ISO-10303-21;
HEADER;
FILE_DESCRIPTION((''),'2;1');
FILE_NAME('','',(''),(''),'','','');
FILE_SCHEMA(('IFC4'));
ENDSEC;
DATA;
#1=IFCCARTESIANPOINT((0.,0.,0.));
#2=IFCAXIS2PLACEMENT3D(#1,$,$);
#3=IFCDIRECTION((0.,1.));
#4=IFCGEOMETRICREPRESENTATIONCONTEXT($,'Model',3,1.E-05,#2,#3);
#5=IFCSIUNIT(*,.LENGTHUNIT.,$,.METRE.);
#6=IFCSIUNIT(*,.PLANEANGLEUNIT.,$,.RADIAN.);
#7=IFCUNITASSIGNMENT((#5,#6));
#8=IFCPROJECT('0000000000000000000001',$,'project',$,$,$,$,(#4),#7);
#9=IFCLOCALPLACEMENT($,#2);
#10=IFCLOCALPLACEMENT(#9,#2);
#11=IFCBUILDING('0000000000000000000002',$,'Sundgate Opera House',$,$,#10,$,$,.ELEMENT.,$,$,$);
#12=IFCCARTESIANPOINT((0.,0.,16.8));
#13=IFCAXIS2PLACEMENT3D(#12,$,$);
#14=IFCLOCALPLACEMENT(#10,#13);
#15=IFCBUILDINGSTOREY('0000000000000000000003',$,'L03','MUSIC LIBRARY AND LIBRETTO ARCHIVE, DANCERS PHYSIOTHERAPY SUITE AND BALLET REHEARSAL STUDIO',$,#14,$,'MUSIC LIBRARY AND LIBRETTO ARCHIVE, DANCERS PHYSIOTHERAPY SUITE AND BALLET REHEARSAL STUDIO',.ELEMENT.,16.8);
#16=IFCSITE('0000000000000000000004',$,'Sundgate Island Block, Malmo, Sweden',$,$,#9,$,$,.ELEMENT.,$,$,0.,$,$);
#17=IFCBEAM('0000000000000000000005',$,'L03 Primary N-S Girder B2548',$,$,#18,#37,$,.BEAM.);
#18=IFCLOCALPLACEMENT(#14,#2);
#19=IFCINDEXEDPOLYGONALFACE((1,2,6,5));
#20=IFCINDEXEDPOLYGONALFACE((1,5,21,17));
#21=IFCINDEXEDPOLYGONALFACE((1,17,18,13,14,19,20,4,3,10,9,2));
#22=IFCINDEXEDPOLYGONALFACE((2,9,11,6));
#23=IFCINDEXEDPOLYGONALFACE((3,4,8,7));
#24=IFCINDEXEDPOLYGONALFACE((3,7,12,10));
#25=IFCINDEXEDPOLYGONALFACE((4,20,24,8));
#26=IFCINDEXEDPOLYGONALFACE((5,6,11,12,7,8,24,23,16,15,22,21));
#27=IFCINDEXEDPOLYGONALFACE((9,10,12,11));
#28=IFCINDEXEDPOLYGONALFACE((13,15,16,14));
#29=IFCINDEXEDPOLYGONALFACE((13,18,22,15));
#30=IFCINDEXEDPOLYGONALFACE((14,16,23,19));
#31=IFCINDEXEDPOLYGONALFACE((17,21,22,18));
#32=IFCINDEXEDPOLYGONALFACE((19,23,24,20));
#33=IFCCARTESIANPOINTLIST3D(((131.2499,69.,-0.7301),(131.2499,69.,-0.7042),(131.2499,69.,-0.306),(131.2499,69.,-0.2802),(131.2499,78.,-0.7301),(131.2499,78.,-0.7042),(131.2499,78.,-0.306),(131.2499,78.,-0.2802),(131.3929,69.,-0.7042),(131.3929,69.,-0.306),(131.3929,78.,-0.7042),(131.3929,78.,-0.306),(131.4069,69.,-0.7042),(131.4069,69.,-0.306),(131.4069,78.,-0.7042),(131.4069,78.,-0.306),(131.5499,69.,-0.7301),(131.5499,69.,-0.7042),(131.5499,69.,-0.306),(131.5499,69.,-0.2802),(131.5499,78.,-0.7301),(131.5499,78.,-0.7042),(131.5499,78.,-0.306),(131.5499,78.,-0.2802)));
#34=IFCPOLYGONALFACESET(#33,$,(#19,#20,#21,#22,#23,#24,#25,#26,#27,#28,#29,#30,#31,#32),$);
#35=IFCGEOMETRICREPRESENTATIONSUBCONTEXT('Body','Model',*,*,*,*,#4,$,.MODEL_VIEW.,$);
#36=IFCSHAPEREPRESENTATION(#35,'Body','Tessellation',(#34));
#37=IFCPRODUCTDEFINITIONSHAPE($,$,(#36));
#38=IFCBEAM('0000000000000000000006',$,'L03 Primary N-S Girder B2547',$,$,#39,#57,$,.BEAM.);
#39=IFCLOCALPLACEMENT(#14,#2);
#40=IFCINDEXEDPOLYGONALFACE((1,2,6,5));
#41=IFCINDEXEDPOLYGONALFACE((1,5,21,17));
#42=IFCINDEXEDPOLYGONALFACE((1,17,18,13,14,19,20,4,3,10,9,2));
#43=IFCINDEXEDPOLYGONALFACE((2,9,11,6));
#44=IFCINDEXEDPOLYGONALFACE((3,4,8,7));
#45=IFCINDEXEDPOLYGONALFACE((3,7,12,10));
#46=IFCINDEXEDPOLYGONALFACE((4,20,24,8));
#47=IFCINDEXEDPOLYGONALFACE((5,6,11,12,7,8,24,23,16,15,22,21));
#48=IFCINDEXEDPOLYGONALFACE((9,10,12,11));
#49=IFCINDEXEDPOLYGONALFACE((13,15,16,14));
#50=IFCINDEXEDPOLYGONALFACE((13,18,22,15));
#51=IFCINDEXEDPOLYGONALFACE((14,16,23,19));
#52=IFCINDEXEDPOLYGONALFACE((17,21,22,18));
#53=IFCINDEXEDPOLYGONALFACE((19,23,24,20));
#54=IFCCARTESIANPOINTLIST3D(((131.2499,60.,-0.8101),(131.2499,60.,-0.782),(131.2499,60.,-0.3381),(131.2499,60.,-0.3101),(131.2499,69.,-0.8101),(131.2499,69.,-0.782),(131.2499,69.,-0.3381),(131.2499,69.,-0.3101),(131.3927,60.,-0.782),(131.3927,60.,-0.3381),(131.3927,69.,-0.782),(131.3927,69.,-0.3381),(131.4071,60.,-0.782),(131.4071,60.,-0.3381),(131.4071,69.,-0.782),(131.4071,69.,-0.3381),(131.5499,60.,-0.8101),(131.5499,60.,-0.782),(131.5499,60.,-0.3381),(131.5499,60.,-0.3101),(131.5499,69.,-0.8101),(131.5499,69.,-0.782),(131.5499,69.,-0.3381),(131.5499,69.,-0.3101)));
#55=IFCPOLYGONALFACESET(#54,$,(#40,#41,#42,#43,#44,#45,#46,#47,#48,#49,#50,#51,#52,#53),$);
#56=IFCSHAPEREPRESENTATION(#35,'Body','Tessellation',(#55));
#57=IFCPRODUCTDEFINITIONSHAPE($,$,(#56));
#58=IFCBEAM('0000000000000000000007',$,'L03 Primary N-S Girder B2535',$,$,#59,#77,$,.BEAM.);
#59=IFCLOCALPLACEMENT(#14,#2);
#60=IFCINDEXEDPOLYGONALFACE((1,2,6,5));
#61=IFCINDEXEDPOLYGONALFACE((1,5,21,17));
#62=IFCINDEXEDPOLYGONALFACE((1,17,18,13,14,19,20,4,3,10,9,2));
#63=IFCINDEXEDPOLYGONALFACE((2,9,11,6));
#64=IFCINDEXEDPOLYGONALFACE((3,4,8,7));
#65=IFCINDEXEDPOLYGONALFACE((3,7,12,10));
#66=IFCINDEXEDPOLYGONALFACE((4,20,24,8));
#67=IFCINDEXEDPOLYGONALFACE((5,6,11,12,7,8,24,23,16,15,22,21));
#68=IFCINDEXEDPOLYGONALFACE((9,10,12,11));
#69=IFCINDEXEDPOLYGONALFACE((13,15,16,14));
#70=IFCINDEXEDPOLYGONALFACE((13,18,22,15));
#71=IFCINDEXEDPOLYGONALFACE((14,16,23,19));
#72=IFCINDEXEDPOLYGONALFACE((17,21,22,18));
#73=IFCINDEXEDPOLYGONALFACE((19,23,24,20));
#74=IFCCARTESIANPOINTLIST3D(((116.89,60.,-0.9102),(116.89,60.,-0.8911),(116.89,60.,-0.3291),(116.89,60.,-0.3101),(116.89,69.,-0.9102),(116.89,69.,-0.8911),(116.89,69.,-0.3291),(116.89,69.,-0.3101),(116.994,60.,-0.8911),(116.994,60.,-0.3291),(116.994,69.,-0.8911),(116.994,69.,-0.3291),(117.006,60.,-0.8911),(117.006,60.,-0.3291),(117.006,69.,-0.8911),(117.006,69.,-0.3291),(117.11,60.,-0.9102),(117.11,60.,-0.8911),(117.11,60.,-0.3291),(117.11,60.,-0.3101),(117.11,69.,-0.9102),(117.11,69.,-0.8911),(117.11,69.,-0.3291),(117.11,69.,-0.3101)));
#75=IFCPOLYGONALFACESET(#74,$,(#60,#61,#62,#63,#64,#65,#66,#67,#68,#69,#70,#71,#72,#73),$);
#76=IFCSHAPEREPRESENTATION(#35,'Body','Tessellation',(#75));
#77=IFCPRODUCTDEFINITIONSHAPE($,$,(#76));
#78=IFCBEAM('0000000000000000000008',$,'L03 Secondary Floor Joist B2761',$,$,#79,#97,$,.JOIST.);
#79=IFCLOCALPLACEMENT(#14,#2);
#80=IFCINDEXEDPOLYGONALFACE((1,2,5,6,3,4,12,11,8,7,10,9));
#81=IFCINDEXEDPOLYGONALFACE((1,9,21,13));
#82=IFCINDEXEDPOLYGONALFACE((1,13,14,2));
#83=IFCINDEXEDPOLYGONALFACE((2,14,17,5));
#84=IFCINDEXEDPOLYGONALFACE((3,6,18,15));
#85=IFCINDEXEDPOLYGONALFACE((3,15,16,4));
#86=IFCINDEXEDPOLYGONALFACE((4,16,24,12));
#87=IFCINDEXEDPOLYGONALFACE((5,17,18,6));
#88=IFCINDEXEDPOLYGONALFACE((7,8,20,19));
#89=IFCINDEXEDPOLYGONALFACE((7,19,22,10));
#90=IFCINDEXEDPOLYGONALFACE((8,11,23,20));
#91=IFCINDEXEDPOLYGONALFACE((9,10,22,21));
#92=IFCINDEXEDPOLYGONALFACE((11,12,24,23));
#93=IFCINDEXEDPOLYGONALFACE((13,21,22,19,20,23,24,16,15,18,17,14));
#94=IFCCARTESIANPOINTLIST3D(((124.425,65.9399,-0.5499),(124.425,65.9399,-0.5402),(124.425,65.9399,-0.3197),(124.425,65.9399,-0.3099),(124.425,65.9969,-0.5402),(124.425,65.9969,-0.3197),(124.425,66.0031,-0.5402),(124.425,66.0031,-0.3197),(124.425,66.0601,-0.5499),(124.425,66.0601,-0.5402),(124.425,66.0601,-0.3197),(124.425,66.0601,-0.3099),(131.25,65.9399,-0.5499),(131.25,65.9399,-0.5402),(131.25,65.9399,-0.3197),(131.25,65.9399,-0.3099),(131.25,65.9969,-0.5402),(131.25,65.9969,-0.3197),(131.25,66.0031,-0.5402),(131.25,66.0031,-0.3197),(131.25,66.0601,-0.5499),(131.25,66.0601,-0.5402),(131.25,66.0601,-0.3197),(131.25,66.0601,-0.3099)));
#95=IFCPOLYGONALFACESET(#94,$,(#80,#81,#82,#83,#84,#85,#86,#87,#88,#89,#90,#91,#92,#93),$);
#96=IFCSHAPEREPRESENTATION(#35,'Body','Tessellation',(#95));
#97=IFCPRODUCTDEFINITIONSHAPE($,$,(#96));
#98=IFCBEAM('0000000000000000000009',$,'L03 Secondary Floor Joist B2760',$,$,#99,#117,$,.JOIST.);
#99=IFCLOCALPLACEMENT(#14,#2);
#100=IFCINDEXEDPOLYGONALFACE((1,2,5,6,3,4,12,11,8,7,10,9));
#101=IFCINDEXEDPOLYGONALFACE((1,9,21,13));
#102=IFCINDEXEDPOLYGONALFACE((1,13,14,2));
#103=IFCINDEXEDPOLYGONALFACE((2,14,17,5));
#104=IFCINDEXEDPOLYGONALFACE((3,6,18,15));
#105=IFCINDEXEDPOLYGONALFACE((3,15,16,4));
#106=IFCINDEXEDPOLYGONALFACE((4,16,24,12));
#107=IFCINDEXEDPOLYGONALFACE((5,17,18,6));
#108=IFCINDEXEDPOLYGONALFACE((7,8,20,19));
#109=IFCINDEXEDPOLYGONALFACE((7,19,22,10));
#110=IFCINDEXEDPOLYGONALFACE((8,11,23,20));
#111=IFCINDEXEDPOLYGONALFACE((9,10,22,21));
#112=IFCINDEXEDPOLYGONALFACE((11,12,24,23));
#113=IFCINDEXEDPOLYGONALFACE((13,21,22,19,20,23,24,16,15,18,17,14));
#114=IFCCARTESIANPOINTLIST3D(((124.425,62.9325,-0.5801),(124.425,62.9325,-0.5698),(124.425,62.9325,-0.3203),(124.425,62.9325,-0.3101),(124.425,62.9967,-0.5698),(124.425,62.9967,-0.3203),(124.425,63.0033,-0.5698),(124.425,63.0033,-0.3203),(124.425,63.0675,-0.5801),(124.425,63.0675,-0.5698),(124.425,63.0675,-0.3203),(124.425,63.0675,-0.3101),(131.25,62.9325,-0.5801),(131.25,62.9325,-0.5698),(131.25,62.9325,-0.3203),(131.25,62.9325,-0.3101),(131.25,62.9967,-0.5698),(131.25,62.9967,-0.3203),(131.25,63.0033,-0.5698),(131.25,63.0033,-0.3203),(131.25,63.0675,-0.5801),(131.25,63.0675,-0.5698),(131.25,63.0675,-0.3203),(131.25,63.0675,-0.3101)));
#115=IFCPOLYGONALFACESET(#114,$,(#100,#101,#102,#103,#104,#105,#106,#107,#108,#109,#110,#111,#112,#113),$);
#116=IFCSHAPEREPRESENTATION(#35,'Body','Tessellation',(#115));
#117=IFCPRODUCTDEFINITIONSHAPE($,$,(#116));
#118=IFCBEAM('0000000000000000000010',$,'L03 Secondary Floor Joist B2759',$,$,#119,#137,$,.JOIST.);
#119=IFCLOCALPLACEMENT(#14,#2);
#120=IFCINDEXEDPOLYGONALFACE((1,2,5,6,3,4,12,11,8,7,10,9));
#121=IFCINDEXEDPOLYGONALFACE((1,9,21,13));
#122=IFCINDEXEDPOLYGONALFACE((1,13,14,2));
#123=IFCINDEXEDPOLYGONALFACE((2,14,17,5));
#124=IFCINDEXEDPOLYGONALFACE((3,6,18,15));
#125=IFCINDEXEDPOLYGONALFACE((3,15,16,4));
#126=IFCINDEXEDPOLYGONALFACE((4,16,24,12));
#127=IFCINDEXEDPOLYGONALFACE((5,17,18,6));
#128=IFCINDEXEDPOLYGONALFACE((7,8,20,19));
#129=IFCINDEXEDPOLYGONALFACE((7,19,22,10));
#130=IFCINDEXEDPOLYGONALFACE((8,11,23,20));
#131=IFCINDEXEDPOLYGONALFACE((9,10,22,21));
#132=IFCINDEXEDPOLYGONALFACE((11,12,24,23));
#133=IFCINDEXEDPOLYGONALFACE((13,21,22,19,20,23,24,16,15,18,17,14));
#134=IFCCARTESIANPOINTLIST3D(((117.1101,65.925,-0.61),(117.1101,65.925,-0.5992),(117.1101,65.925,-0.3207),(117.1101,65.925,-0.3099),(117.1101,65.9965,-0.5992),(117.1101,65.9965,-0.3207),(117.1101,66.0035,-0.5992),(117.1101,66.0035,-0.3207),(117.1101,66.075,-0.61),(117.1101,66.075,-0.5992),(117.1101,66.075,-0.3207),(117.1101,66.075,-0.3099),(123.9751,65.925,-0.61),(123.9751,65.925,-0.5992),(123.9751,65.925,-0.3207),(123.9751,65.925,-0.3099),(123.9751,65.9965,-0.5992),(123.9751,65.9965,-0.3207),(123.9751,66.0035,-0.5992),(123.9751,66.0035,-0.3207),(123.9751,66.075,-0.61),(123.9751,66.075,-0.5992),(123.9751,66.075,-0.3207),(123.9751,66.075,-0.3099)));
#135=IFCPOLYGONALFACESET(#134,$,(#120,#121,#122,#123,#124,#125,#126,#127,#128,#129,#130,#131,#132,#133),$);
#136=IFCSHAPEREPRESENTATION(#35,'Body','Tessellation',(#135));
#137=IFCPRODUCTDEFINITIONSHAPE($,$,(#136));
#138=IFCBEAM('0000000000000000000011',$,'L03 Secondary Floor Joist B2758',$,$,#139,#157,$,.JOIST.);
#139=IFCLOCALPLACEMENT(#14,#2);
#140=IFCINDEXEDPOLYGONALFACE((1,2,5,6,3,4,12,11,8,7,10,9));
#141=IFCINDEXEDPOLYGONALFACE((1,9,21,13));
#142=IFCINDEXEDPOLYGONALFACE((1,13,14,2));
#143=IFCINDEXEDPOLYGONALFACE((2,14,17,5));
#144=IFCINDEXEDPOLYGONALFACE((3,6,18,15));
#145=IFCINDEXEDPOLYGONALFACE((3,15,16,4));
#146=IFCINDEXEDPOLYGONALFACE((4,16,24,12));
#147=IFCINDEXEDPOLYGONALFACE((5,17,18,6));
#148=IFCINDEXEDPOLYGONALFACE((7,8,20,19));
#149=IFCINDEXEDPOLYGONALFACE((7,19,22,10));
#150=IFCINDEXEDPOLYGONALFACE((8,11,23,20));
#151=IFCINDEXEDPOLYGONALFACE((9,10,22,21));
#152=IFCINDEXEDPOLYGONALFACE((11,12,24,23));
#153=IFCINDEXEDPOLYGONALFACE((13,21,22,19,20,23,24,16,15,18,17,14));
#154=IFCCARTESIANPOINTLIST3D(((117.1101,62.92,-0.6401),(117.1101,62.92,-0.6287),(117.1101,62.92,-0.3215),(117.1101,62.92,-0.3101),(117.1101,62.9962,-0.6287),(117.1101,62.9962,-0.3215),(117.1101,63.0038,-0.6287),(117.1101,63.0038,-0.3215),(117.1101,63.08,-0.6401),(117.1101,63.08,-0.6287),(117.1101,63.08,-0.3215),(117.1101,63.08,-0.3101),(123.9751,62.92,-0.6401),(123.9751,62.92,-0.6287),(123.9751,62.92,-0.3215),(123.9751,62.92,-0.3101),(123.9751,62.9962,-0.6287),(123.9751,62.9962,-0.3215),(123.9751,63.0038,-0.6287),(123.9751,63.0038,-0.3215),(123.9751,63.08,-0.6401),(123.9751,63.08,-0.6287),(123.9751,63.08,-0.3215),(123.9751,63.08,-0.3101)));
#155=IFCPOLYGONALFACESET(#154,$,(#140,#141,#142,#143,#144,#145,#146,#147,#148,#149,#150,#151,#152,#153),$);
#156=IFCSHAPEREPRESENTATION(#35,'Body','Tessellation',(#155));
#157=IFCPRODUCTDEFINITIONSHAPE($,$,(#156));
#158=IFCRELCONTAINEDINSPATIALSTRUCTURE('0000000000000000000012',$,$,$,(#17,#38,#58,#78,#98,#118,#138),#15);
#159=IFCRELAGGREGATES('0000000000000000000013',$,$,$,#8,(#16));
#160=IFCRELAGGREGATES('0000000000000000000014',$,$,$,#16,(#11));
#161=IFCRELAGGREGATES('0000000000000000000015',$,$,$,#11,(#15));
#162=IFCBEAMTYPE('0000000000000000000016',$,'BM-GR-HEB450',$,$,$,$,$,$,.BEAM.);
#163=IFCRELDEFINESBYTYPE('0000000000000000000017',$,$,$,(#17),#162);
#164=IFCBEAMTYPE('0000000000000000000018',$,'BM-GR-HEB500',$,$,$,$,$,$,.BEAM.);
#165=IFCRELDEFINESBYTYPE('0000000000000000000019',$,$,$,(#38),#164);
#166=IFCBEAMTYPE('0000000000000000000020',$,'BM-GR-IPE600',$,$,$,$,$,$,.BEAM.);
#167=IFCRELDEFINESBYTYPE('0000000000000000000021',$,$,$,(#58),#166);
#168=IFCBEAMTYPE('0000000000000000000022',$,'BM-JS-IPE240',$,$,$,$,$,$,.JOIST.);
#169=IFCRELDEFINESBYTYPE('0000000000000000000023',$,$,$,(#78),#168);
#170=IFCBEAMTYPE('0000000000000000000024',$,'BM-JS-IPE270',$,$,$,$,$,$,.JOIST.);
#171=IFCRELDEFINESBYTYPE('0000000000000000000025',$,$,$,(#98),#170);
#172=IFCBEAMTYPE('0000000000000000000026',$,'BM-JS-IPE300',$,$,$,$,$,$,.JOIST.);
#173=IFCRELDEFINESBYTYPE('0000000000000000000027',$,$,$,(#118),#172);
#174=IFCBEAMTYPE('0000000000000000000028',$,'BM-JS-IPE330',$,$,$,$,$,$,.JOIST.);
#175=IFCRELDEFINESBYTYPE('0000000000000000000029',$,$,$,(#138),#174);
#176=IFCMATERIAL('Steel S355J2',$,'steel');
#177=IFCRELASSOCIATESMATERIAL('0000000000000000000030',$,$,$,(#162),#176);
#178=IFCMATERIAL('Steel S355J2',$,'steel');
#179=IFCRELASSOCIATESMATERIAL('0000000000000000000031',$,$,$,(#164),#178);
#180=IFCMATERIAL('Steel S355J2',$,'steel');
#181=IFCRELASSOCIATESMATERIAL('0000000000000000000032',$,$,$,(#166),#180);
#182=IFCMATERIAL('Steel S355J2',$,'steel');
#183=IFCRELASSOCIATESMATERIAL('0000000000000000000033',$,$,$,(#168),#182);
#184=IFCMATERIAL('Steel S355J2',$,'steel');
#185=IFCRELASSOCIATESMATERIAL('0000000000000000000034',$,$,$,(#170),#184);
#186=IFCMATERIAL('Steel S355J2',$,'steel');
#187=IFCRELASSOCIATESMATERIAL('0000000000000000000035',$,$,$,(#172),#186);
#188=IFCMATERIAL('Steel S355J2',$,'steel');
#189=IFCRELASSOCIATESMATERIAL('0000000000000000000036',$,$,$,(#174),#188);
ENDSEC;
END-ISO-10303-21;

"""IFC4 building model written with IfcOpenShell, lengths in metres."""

from ifc_helpers import new_model, si_unit, direction, frame, origin, origin_2d, place, context, subcontext, project, spatial, i_section, extrude, material, material_profile, profile_set, type_object, element, save


model = new_model("IFC4")

# Units and contexts
model_context = context("Model", 3, precision=1e-05, world=origin(), true_north=direction((0.0, 1.0)))
body_context = subcontext(model_context, "Body", "Model", "MODEL_VIEW")
ifc_project = project(units=[si_unit("LENGTHUNIT", "METRE"), si_unit("PLANEANGLEUNIT", "RADIAN")], contexts=[model_context])

# Site, building, storey
site_placement = place(None, origin())
site = spatial("IfcSite", under=ifc_project, at=site_placement, Name="Sundgate Island Block, Malmo, Sweden", CompositionType="ELEMENT", RefElevation=0.0)
building_placement = place(site_placement, origin())
building = spatial("IfcBuilding", under=site, at=building_placement, Name="Sundgate Opera House", CompositionType="ELEMENT")
storey_placement = place(building_placement, frame((0.0, 0.0, 16.8)))
storey = spatial("IfcBuildingStorey", under=building, at=storey_placement, Name="L03", Description="MUSIC LIBRARY AND LIBRETTO ARCHIVE, DANCERS PHYSIOTHERAPY SUITE AND BALLET REHEARSAL STUDIO", LongName="MUSIC LIBRARY AND LIBRETTO ARCHIVE, DANCERS PHYSIOTHERAPY SUITE AND BALLET REHEARSAL STUDIO", CompositionType="ELEMENT", Elevation=16.8)

# Beams
ifc_material_1 = material(Name="Steel S355J2", Category="steel")
ifc_material_profile_1 = material_profile(ifc_material_1, i_section(OverallWidth=0.3, OverallDepth=0.45, WebThickness=0.0139, FlangeThickness=0.0259, at=origin_2d()), Name="HEB 450")
ifc_profile_set_1 = profile_set([ifc_material_profile_1], Name="Steel S355J2")
beam_type_1 = type_object("IfcBeamType", Name="BM-GR-HEB450", PredefinedType="BEAM", material=ifc_profile_set_1)
beam_1_placement = place(storey_placement, frame((131.3999, 69.0, -0.5051), z_axis=(0.0, 1.0, 0.0), x_axis=(-1.0, 0.0, 0.0)))
element("IfcBeam", 1, at=beam_1_placement, inside=storey, type_object=beam_type_1, Name="L03 Primary N-S Girder B2548", PredefinedType="BEAM", context=body_context, shape_type="SweptSolid", body=[
    extrude(i_section(OverallWidth=0.3, OverallDepth=0.45, WebThickness=0.0139, FlangeThickness=0.0259, at=origin_2d()), origin(), (0.0, 0.0, 1.0), 9.0),
])
ifc_material_2 = material(Name="Steel S355J2", Category="steel")
ifc_material_profile_2 = material_profile(ifc_material_2, i_section(OverallWidth=0.3, OverallDepth=0.5, WebThickness=0.0144, FlangeThickness=0.0281, at=origin_2d()), Name="HEB 500")
ifc_profile_set_2 = profile_set([ifc_material_profile_2], Name="Steel S355J2")
beam_type_2 = type_object("IfcBeamType", Name="BM-GR-HEB500", PredefinedType="BEAM", material=ifc_profile_set_2)
beam_2_placement = place(storey_placement, frame((131.3999, 60.0, -0.5601), z_axis=(0.0, 1.0, 0.0), x_axis=(-1.0, 0.0, 0.0)))
element("IfcBeam", 2, at=beam_2_placement, inside=storey, type_object=beam_type_2, Name="L03 Primary N-S Girder B2547", PredefinedType="BEAM", context=body_context, shape_type="SweptSolid", body=[
    extrude(i_section(OverallWidth=0.3, OverallDepth=0.5, WebThickness=0.0144, FlangeThickness=0.0281, at=origin_2d()), origin(), (0.0, 0.0, 1.0), 9.0),
])
ifc_material_3 = material(Name="Steel S355J2", Category="steel")
ifc_material_profile_3 = material_profile(ifc_material_3, i_section(OverallWidth=0.22, OverallDepth=0.6001, WebThickness=0.012, FlangeThickness=0.019, at=origin_2d()), Name="IPE 600")
ifc_profile_set_3 = profile_set([ifc_material_profile_3], Name="Steel S355J2")
beam_type_3 = type_object("IfcBeamType", Name="BM-GR-IPE600", PredefinedType="BEAM", material=ifc_profile_set_3)
beam_3_placement = place(storey_placement, frame((117.0, 60.0, -0.6101), z_axis=(0.0, 1.0, 0.0), x_axis=(-1.0, 0.0, 0.0)))
element("IfcBeam", 3, at=beam_3_placement, inside=storey, type_object=beam_type_3, Name="L03 Primary N-S Girder B2535", PredefinedType="BEAM", context=body_context, shape_type="SweptSolid", body=[
    extrude(i_section(OverallWidth=0.22, OverallDepth=0.6001, WebThickness=0.012, FlangeThickness=0.019, at=origin_2d()), origin(), (0.0, 0.0, 1.0), 9.0),
])
ifc_material_4 = material(Name="Steel S355J2", Category="steel")
ifc_material_profile_4 = material_profile(ifc_material_4, i_section(OverallWidth=0.1201, OverallDepth=0.24, WebThickness=0.0061, FlangeThickness=0.0098, at=origin_2d()), Name="IPE 240")
ifc_profile_set_4 = profile_set([ifc_material_profile_4], Name="Steel S355J2")
beam_type_4 = type_object("IfcBeamType", Name="BM-JS-IPE240", PredefinedType="JOIST", material=ifc_profile_set_4)
beam_4_placement = place(storey_placement, frame((124.425, 66.0, -0.4299), z_axis=(1.0, 0.0, 0.0), x_axis=(0.0, 1.0, 0.0)))
element("IfcBeam", 4, at=beam_4_placement, inside=storey, type_object=beam_type_4, Name="L03 Secondary Floor Joist B2761", PredefinedType="JOIST", context=body_context, shape_type="SweptSolid", body=[
    extrude(i_section(OverallWidth=0.1201, OverallDepth=0.24, WebThickness=0.0061, FlangeThickness=0.0098, at=origin_2d()), origin(), (0.0, 0.0, 1.0), 6.825),
])
ifc_material_5 = material(Name="Steel S355J2", Category="steel")
ifc_material_profile_5 = material_profile(ifc_material_5, i_section(OverallWidth=0.135, OverallDepth=0.27, WebThickness=0.0066, FlangeThickness=0.0103, at=origin_2d()), Name="IPE 270")
ifc_profile_set_5 = profile_set([ifc_material_profile_5], Name="Steel S355J2")
beam_type_5 = type_object("IfcBeamType", Name="BM-JS-IPE270", PredefinedType="JOIST", material=ifc_profile_set_5)
beam_5_placement = place(storey_placement, frame((124.425, 63.0, -0.4451), z_axis=(1.0, 0.0, 0.0), x_axis=(0.0, 1.0, 0.0)))
element("IfcBeam", 5, at=beam_5_placement, inside=storey, type_object=beam_type_5, Name="L03 Secondary Floor Joist B2760", PredefinedType="JOIST", context=body_context, shape_type="SweptSolid", body=[
    extrude(i_section(OverallWidth=0.135, OverallDepth=0.27, WebThickness=0.0066, FlangeThickness=0.0103, at=origin_2d()), origin(), (0.0, 0.0, 1.0), 6.825),
])
ifc_material_6 = material(Name="Steel S355J2", Category="steel")
ifc_material_profile_6 = material_profile(ifc_material_6, i_section(OverallWidth=0.1499, OverallDepth=0.3, WebThickness=0.0071, FlangeThickness=0.0107, at=origin_2d()), Name="IPE 300")
ifc_profile_set_6 = profile_set([ifc_material_profile_6], Name="Steel S355J2")
beam_type_6 = type_object("IfcBeamType", Name="BM-JS-IPE300", PredefinedType="JOIST", material=ifc_profile_set_6)
beam_6_placement = place(storey_placement, frame((117.1101, 66.0, -0.46), z_axis=(1.0, 0.0, 0.0), x_axis=(0.0, 1.0, 0.0)))
element("IfcBeam", 6, at=beam_6_placement, inside=storey, type_object=beam_type_6, Name="L03 Secondary Floor Joist B2759", PredefinedType="JOIST", context=body_context, shape_type="SweptSolid", body=[
    extrude(i_section(OverallWidth=0.1499, OverallDepth=0.3, WebThickness=0.0071, FlangeThickness=0.0107, at=origin_2d()), origin(), (0.0, 0.0, 1.0), 6.865),
])
ifc_material_7 = material(Name="Steel S355J2", Category="steel")
ifc_material_profile_7 = material_profile(ifc_material_7, i_section(OverallWidth=0.1599, OverallDepth=0.3301, WebThickness=0.0076, FlangeThickness=0.0115, at=origin_2d()), Name="IPE 330")
ifc_profile_set_7 = profile_set([ifc_material_profile_7], Name="Steel S355J2")
beam_type_7 = type_object("IfcBeamType", Name="BM-JS-IPE330", PredefinedType="JOIST", material=ifc_profile_set_7)
beam_7_placement = place(storey_placement, frame((117.1101, 63.0, -0.4751), z_axis=(1.0, 0.0, 0.0), x_axis=(0.0, 1.0, 0.0)))
element("IfcBeam", 7, at=beam_7_placement, inside=storey, type_object=beam_type_7, Name="L03 Secondary Floor Joist B2758", PredefinedType="JOIST", context=body_context, shape_type="SweptSolid", body=[
    extrude(i_section(OverallWidth=0.1599, OverallDepth=0.3301, WebThickness=0.0076, FlangeThickness=0.0115, at=origin_2d()), origin(), (0.0, 0.0, 1.0), 6.865),
])

save(model, "model.ifc")
